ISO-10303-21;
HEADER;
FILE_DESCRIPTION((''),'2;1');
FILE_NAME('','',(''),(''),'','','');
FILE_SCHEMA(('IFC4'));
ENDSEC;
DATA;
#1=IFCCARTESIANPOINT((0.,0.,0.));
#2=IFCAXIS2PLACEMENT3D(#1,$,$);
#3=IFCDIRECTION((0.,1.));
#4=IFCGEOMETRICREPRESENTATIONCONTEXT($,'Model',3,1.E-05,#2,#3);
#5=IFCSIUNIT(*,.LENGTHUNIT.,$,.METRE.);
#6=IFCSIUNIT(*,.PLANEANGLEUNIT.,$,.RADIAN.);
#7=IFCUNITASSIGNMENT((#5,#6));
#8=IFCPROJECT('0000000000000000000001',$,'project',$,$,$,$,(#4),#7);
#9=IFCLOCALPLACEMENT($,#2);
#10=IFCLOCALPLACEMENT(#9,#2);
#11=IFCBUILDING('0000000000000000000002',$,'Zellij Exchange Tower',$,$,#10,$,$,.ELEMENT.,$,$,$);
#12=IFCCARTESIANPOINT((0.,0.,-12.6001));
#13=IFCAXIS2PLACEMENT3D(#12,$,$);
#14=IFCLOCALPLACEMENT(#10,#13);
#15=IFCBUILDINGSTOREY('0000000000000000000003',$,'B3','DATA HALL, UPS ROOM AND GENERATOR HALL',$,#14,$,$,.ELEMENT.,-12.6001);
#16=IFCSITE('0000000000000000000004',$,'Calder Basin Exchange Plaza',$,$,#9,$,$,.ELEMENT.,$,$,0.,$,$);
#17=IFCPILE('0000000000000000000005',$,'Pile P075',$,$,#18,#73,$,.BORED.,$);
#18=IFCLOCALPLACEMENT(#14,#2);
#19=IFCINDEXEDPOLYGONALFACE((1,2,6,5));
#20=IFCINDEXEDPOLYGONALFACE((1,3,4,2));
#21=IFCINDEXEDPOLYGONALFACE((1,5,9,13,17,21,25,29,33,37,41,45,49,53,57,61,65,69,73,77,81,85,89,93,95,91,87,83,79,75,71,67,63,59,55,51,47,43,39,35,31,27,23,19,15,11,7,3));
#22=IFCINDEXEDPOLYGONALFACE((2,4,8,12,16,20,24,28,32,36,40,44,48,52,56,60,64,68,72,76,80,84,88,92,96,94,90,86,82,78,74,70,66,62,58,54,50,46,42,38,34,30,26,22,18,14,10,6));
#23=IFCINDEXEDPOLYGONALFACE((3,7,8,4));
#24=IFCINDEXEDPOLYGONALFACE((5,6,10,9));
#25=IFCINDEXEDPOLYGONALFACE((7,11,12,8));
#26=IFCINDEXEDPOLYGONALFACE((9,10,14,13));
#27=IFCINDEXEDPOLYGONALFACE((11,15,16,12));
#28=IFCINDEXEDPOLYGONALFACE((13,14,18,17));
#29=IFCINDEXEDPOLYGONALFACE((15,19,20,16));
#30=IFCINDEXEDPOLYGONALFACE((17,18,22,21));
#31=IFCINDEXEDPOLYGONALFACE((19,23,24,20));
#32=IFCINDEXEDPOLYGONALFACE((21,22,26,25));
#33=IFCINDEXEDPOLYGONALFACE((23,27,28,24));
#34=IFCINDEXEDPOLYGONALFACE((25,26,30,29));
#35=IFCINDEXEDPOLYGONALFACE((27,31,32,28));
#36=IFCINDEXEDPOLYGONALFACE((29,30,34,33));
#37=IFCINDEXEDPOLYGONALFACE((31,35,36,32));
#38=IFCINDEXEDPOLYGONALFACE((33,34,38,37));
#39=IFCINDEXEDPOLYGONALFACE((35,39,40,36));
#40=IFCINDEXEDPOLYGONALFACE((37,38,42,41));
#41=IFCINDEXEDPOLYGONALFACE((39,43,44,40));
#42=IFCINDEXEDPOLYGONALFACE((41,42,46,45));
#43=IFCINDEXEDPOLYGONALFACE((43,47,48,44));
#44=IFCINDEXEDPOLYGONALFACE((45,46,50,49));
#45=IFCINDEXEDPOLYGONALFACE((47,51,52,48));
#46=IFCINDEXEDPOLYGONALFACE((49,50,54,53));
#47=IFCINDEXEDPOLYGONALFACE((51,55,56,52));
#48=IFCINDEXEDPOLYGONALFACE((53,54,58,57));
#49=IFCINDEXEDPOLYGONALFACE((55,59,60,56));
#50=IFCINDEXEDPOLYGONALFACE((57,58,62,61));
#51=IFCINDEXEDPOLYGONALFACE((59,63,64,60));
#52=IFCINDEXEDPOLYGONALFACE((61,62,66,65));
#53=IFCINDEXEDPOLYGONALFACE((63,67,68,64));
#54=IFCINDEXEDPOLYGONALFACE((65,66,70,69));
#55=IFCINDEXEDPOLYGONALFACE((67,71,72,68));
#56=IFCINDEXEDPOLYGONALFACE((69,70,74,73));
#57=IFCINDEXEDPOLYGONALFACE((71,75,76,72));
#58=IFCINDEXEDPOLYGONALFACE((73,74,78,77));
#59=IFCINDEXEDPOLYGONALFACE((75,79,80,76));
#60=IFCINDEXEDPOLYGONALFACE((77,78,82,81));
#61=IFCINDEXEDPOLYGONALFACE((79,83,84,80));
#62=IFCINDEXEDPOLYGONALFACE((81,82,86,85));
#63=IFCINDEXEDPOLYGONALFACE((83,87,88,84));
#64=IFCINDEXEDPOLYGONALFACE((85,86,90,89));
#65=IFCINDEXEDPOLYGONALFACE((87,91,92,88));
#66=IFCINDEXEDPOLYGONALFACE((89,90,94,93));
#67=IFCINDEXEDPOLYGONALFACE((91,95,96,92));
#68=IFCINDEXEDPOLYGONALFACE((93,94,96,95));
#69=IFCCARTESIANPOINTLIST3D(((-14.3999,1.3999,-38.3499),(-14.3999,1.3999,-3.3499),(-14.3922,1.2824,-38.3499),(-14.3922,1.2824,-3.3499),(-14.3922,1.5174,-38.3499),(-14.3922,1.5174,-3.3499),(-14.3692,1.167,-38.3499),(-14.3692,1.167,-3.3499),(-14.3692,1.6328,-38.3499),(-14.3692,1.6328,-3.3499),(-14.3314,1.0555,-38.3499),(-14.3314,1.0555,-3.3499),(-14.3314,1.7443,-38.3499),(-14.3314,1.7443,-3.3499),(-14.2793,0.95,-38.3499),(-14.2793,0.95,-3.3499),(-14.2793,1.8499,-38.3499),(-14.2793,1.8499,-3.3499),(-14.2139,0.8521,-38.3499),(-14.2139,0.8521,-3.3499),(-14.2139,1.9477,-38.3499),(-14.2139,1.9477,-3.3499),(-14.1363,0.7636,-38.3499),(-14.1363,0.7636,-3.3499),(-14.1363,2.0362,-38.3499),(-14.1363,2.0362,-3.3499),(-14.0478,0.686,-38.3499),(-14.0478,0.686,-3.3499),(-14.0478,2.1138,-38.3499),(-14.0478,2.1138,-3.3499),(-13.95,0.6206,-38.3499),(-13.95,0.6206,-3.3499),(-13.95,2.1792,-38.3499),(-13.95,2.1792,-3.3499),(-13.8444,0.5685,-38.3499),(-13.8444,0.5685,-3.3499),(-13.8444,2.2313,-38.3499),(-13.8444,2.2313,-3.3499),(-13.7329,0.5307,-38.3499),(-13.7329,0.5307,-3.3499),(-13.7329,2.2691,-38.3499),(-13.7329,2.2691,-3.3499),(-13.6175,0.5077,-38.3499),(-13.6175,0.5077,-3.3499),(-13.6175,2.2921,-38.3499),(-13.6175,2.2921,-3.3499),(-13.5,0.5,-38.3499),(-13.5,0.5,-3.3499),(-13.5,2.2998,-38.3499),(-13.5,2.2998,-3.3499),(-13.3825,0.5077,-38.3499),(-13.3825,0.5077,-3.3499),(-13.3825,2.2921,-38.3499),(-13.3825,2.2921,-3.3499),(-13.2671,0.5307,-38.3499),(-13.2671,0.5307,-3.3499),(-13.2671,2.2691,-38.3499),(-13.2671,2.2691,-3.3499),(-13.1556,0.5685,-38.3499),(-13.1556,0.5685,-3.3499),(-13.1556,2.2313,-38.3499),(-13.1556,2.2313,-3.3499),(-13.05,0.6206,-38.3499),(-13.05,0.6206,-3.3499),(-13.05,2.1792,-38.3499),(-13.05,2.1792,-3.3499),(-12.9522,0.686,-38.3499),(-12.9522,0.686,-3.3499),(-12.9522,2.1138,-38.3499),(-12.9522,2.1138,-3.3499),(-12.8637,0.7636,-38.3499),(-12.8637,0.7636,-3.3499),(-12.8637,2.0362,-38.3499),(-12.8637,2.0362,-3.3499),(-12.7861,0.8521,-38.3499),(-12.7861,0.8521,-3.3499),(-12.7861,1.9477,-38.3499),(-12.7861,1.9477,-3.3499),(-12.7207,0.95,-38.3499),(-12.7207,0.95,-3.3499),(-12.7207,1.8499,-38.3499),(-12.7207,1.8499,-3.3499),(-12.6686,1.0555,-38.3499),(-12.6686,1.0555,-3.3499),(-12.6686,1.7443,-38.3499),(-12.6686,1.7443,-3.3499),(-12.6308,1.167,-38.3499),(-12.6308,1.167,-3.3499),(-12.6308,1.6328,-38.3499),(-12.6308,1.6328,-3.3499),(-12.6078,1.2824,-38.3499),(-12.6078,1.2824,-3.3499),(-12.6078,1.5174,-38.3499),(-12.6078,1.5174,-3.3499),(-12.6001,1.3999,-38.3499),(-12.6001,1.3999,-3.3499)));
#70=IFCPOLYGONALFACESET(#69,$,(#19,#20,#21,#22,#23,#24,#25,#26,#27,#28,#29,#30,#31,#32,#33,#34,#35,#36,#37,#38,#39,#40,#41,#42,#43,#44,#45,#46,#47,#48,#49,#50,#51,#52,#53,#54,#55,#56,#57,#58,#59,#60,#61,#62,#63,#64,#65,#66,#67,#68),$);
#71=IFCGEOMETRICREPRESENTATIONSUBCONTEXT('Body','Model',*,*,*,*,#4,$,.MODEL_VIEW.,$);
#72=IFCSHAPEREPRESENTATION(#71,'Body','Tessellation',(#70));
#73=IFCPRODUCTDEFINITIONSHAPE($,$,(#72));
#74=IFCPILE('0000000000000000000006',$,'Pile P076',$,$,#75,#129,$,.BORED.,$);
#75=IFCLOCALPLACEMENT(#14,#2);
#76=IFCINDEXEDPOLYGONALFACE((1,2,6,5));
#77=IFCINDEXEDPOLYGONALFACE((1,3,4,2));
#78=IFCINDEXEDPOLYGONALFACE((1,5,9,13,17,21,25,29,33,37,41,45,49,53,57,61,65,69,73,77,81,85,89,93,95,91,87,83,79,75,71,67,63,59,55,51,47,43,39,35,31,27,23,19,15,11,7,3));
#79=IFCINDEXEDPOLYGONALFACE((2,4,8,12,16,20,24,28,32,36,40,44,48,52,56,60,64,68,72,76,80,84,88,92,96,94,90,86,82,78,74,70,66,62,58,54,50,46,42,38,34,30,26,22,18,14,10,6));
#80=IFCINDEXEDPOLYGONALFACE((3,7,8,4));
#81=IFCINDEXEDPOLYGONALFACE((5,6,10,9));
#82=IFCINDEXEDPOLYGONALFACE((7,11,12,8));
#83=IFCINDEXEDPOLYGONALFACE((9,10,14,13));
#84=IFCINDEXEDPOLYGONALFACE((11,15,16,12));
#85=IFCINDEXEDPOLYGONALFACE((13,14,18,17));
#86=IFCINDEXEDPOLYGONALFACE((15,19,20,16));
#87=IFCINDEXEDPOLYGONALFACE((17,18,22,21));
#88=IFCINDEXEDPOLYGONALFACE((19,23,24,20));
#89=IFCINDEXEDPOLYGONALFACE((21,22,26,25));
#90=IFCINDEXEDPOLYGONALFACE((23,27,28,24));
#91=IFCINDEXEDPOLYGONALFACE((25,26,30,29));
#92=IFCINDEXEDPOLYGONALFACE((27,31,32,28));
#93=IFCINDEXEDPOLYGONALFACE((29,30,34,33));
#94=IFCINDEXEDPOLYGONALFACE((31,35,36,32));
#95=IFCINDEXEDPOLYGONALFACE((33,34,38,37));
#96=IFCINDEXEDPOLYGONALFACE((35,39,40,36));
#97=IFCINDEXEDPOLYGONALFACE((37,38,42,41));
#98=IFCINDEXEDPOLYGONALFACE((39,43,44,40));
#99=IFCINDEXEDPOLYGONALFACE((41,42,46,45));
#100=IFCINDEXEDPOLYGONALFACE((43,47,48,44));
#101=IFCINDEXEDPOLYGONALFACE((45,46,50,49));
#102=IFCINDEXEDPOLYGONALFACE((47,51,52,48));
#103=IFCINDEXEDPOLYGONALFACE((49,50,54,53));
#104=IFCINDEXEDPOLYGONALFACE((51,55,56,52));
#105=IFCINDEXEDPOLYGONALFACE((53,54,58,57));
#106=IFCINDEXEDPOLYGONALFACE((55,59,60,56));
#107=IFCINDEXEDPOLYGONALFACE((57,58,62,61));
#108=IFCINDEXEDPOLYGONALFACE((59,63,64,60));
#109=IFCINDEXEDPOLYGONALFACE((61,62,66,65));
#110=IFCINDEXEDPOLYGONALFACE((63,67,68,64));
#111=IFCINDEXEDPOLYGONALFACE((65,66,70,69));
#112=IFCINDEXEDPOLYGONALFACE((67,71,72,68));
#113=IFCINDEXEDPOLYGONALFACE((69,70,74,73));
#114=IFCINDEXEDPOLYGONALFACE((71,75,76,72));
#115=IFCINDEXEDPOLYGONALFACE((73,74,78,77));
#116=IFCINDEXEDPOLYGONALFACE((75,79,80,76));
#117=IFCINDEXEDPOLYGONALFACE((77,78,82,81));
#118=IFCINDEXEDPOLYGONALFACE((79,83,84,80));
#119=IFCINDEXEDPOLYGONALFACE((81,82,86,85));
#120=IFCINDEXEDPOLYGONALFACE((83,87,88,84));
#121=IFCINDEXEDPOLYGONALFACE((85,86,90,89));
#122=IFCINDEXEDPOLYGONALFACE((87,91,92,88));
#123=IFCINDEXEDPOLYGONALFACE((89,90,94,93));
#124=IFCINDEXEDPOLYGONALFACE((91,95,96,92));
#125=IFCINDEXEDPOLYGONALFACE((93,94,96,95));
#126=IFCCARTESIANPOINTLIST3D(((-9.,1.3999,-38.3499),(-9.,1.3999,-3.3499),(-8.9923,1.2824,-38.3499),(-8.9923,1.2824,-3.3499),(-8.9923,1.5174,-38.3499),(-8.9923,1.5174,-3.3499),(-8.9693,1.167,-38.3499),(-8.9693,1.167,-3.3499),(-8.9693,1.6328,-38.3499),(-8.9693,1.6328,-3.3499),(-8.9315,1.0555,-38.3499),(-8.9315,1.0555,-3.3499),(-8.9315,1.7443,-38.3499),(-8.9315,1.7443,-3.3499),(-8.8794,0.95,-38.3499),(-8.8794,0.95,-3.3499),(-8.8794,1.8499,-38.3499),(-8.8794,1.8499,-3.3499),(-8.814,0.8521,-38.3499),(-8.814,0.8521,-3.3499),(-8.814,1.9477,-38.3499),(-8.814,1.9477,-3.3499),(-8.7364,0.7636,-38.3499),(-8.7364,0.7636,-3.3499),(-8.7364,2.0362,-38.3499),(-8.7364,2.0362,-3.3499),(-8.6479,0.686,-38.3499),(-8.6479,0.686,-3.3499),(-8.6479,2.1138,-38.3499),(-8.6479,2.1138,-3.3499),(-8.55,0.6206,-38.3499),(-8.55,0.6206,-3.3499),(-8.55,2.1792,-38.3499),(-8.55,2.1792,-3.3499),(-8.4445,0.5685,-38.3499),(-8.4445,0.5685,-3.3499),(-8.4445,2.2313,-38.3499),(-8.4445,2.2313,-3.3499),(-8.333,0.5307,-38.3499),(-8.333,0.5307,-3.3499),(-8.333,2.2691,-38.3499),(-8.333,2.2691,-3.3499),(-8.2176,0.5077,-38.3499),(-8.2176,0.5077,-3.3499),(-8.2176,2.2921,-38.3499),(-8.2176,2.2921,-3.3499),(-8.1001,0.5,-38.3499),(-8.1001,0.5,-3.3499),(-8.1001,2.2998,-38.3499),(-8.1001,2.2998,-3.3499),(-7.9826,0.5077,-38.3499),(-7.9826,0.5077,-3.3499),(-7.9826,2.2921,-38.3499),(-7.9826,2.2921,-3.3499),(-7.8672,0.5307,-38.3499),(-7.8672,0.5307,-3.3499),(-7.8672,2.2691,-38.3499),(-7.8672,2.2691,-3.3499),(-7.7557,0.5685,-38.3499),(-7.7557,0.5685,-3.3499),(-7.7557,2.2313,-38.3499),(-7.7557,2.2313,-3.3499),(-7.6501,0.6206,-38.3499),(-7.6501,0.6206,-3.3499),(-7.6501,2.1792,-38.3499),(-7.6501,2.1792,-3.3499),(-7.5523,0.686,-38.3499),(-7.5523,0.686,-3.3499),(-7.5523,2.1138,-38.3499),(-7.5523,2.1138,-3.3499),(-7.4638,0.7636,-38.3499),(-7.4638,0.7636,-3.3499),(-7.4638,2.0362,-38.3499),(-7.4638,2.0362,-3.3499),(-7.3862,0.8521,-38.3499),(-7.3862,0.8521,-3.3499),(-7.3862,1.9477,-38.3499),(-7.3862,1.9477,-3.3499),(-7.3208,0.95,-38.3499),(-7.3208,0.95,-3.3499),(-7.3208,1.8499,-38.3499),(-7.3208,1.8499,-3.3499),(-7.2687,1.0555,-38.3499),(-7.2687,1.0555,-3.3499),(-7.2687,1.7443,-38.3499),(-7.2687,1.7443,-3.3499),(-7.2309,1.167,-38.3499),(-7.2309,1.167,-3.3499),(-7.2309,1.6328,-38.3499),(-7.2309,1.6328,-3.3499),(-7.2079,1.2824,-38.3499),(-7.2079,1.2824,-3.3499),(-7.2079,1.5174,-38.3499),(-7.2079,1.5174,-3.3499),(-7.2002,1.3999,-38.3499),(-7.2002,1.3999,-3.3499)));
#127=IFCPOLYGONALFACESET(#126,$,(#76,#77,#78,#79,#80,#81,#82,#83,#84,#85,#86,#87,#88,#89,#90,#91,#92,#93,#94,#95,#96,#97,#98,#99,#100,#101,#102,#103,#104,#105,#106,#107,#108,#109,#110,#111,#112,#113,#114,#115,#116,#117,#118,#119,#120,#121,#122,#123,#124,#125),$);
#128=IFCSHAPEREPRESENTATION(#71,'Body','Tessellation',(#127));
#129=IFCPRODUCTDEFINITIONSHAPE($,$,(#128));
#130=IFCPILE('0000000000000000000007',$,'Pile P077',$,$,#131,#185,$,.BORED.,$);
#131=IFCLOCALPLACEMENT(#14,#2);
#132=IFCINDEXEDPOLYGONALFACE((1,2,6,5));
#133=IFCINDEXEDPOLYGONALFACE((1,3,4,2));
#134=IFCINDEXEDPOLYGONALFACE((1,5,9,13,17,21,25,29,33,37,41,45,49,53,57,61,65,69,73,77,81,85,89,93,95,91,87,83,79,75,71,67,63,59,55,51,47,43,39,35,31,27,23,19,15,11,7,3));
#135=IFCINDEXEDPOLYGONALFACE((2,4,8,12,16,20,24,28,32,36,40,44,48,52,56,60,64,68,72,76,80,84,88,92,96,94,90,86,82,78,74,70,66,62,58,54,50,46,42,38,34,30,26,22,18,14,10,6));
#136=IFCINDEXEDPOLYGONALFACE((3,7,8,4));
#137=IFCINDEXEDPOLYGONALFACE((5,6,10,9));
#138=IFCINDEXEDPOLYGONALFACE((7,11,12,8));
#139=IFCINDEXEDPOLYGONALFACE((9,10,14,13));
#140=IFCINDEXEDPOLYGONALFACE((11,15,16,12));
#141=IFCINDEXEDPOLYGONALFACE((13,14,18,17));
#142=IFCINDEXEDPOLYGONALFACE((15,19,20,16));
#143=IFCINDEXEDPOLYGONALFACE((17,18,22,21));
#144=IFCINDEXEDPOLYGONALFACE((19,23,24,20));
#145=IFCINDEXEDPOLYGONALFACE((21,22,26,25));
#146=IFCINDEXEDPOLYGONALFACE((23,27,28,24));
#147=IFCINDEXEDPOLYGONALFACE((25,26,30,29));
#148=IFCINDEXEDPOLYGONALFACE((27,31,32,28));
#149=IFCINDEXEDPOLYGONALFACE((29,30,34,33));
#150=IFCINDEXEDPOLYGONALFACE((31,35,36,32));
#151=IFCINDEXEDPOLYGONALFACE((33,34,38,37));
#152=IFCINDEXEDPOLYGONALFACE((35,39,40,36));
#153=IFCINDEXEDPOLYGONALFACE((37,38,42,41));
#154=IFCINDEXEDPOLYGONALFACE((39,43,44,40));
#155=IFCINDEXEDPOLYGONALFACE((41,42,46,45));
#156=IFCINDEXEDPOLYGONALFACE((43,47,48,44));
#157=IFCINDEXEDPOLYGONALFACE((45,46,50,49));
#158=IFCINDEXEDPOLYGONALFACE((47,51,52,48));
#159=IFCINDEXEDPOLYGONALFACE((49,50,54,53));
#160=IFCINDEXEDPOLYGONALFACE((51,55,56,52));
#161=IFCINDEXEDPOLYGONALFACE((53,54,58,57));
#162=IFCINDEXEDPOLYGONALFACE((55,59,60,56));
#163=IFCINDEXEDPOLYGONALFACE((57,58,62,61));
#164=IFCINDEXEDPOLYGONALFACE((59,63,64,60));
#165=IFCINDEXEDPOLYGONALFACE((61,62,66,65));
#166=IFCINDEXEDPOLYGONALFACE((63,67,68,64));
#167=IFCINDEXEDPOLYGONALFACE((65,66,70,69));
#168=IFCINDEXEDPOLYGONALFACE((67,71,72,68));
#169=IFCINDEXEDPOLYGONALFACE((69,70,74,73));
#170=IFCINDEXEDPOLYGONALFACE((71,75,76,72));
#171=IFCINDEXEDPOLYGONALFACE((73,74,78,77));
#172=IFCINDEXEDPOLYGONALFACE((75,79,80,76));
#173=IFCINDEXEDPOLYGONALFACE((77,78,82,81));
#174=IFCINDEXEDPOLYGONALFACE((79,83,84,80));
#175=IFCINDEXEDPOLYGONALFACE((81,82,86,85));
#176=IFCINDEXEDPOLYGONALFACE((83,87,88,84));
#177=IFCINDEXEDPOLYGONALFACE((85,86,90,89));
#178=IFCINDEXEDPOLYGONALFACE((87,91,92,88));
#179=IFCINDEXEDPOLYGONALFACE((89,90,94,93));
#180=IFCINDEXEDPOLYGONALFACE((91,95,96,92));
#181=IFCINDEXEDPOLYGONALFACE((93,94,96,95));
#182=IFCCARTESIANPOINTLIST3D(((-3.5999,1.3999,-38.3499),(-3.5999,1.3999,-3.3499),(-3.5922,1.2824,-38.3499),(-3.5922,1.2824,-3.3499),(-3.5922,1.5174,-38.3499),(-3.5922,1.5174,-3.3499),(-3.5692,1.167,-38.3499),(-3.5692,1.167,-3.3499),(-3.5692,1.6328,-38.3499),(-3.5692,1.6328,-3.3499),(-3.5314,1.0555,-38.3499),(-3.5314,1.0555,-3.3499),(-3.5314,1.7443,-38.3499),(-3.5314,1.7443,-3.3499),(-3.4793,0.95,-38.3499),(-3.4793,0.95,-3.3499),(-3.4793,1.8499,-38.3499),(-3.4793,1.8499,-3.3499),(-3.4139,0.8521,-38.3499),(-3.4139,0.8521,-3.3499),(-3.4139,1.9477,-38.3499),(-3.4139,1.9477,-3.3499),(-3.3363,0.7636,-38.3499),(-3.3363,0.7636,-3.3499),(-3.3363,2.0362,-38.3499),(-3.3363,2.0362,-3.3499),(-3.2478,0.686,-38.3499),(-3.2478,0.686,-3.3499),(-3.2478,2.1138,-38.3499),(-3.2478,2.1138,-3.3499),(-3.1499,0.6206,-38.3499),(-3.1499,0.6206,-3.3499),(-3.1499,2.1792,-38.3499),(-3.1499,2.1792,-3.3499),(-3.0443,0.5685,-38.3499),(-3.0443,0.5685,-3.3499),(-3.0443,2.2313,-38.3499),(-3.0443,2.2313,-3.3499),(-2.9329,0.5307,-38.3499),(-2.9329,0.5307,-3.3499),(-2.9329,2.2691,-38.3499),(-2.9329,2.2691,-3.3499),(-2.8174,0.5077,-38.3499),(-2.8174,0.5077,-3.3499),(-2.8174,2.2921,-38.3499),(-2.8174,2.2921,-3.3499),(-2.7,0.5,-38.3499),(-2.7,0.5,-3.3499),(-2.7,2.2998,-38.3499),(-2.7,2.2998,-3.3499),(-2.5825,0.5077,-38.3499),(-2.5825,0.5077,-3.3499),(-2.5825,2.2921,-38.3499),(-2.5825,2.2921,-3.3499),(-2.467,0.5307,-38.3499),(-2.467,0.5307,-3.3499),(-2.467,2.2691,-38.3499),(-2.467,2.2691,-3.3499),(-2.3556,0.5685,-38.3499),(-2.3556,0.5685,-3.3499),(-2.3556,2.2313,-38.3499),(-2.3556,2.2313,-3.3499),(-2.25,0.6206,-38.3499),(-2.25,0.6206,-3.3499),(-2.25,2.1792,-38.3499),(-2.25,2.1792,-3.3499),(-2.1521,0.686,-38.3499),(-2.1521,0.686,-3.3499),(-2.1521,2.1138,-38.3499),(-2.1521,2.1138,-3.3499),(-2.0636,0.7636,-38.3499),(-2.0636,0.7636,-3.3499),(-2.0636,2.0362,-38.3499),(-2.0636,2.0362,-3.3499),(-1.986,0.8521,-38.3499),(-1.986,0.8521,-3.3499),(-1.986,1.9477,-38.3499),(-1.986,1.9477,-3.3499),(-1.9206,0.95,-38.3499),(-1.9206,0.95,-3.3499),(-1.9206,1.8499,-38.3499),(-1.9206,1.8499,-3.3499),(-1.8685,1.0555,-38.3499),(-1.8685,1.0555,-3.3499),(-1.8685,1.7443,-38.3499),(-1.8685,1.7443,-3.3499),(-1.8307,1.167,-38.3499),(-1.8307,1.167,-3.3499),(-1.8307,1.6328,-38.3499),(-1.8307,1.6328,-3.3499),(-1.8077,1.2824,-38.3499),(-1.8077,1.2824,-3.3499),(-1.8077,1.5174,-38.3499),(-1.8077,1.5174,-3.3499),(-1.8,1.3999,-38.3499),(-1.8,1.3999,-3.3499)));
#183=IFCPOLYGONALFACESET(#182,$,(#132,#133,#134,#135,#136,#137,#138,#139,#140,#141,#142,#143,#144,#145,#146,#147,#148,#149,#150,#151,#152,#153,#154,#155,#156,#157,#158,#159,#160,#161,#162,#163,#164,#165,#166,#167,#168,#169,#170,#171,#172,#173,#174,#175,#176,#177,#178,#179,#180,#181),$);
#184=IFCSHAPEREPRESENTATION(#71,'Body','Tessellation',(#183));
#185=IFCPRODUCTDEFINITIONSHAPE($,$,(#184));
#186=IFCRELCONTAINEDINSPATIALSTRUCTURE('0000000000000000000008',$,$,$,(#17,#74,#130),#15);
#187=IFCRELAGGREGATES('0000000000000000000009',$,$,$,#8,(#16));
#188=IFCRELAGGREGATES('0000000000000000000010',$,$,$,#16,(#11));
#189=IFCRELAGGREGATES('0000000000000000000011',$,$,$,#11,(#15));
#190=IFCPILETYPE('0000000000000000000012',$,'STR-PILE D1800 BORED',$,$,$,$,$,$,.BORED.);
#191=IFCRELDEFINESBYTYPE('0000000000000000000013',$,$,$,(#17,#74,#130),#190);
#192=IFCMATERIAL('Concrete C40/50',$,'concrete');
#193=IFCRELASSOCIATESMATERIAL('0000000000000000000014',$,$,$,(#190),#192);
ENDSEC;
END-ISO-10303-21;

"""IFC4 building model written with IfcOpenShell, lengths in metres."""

from ifc_helpers import new_model, si_unit, direction, frame, origin, origin_2d, place, context, subcontext, project, spatial, circle, extrude, material, material_profile, profile_set, type_object, element, save


model = new_model("IFC4")

# Units and contexts
model_context = context("Model", 3, precision=1e-05, world=origin(), true_north=direction((0.0, 1.0)))
body_context = subcontext(model_context, "Body", "Model", "MODEL_VIEW")
ifc_project = project(units=[si_unit("LENGTHUNIT", "METRE"), si_unit("PLANEANGLEUNIT", "RADIAN")], contexts=[model_context])

# Site, building, storey
site_placement = place(None, origin())
site = spatial("IfcSite", under=ifc_project, at=site_placement, Name="Calder Basin Exchange Plaza", CompositionType="ELEMENT", RefElevation=0.0)
building_placement = place(site_placement, origin())
building = spatial("IfcBuilding", under=site, at=building_placement, Name="Zellij Exchange Tower", CompositionType="ELEMENT")
storey_placement = place(building_placement, frame((0.0, 0.0, -12.6001)))
storey = spatial("IfcBuildingStorey", under=building, at=storey_placement, Name="B3", Description="DATA HALL, UPS ROOM AND GENERATOR HALL", CompositionType="ELEMENT", Elevation=-12.6001)

# Piles
ifc_material_1 = material(Name="Concrete C40/50", Category="concrete")
ifc_material_profile_1 = material_profile(ifc_material_1, circle(Radius=0.8999, at=origin_2d()), Name="STR-PILE D1800 BORED")
ifc_profile_set_1 = profile_set([ifc_material_profile_1], Name="Concrete C40/50")
pile_type = type_object("IfcPileType", Name="STR-PILE D1800 BORED", PredefinedType="BORED", material=ifc_profile_set_1)
for number, where, z_axis, x_axis, name in (
    (1, (-13.5, 1.3999, -3.3499), (0.0, 0.0, -1.0), (1.0, 0.0, 0.0), "Pile P075"),
    (2, (-8.1001, 1.3999, -3.3499), (0.0, 0.0, -1.0), (1.0, 0.0, 0.0), "Pile P076"),
    (3, (-2.7, 1.3999, -3.3499), (0.0, 0.0, -1.0), (1.0, 0.0, 0.0), "Pile P077"),
):
    element("IfcPile", number, at=place(storey_placement, frame(where, z_axis=z_axis, x_axis=x_axis)), inside=storey, type_object=pile_type, Name=name, PredefinedType="BORED", context=body_context, shape_type="SweptSolid", body=[
        extrude(circle(Radius=0.8999, at=origin_2d()), origin(), (0.0, 0.0, 1.0), 35.0),
    ])

save(model, "model.ifc")
